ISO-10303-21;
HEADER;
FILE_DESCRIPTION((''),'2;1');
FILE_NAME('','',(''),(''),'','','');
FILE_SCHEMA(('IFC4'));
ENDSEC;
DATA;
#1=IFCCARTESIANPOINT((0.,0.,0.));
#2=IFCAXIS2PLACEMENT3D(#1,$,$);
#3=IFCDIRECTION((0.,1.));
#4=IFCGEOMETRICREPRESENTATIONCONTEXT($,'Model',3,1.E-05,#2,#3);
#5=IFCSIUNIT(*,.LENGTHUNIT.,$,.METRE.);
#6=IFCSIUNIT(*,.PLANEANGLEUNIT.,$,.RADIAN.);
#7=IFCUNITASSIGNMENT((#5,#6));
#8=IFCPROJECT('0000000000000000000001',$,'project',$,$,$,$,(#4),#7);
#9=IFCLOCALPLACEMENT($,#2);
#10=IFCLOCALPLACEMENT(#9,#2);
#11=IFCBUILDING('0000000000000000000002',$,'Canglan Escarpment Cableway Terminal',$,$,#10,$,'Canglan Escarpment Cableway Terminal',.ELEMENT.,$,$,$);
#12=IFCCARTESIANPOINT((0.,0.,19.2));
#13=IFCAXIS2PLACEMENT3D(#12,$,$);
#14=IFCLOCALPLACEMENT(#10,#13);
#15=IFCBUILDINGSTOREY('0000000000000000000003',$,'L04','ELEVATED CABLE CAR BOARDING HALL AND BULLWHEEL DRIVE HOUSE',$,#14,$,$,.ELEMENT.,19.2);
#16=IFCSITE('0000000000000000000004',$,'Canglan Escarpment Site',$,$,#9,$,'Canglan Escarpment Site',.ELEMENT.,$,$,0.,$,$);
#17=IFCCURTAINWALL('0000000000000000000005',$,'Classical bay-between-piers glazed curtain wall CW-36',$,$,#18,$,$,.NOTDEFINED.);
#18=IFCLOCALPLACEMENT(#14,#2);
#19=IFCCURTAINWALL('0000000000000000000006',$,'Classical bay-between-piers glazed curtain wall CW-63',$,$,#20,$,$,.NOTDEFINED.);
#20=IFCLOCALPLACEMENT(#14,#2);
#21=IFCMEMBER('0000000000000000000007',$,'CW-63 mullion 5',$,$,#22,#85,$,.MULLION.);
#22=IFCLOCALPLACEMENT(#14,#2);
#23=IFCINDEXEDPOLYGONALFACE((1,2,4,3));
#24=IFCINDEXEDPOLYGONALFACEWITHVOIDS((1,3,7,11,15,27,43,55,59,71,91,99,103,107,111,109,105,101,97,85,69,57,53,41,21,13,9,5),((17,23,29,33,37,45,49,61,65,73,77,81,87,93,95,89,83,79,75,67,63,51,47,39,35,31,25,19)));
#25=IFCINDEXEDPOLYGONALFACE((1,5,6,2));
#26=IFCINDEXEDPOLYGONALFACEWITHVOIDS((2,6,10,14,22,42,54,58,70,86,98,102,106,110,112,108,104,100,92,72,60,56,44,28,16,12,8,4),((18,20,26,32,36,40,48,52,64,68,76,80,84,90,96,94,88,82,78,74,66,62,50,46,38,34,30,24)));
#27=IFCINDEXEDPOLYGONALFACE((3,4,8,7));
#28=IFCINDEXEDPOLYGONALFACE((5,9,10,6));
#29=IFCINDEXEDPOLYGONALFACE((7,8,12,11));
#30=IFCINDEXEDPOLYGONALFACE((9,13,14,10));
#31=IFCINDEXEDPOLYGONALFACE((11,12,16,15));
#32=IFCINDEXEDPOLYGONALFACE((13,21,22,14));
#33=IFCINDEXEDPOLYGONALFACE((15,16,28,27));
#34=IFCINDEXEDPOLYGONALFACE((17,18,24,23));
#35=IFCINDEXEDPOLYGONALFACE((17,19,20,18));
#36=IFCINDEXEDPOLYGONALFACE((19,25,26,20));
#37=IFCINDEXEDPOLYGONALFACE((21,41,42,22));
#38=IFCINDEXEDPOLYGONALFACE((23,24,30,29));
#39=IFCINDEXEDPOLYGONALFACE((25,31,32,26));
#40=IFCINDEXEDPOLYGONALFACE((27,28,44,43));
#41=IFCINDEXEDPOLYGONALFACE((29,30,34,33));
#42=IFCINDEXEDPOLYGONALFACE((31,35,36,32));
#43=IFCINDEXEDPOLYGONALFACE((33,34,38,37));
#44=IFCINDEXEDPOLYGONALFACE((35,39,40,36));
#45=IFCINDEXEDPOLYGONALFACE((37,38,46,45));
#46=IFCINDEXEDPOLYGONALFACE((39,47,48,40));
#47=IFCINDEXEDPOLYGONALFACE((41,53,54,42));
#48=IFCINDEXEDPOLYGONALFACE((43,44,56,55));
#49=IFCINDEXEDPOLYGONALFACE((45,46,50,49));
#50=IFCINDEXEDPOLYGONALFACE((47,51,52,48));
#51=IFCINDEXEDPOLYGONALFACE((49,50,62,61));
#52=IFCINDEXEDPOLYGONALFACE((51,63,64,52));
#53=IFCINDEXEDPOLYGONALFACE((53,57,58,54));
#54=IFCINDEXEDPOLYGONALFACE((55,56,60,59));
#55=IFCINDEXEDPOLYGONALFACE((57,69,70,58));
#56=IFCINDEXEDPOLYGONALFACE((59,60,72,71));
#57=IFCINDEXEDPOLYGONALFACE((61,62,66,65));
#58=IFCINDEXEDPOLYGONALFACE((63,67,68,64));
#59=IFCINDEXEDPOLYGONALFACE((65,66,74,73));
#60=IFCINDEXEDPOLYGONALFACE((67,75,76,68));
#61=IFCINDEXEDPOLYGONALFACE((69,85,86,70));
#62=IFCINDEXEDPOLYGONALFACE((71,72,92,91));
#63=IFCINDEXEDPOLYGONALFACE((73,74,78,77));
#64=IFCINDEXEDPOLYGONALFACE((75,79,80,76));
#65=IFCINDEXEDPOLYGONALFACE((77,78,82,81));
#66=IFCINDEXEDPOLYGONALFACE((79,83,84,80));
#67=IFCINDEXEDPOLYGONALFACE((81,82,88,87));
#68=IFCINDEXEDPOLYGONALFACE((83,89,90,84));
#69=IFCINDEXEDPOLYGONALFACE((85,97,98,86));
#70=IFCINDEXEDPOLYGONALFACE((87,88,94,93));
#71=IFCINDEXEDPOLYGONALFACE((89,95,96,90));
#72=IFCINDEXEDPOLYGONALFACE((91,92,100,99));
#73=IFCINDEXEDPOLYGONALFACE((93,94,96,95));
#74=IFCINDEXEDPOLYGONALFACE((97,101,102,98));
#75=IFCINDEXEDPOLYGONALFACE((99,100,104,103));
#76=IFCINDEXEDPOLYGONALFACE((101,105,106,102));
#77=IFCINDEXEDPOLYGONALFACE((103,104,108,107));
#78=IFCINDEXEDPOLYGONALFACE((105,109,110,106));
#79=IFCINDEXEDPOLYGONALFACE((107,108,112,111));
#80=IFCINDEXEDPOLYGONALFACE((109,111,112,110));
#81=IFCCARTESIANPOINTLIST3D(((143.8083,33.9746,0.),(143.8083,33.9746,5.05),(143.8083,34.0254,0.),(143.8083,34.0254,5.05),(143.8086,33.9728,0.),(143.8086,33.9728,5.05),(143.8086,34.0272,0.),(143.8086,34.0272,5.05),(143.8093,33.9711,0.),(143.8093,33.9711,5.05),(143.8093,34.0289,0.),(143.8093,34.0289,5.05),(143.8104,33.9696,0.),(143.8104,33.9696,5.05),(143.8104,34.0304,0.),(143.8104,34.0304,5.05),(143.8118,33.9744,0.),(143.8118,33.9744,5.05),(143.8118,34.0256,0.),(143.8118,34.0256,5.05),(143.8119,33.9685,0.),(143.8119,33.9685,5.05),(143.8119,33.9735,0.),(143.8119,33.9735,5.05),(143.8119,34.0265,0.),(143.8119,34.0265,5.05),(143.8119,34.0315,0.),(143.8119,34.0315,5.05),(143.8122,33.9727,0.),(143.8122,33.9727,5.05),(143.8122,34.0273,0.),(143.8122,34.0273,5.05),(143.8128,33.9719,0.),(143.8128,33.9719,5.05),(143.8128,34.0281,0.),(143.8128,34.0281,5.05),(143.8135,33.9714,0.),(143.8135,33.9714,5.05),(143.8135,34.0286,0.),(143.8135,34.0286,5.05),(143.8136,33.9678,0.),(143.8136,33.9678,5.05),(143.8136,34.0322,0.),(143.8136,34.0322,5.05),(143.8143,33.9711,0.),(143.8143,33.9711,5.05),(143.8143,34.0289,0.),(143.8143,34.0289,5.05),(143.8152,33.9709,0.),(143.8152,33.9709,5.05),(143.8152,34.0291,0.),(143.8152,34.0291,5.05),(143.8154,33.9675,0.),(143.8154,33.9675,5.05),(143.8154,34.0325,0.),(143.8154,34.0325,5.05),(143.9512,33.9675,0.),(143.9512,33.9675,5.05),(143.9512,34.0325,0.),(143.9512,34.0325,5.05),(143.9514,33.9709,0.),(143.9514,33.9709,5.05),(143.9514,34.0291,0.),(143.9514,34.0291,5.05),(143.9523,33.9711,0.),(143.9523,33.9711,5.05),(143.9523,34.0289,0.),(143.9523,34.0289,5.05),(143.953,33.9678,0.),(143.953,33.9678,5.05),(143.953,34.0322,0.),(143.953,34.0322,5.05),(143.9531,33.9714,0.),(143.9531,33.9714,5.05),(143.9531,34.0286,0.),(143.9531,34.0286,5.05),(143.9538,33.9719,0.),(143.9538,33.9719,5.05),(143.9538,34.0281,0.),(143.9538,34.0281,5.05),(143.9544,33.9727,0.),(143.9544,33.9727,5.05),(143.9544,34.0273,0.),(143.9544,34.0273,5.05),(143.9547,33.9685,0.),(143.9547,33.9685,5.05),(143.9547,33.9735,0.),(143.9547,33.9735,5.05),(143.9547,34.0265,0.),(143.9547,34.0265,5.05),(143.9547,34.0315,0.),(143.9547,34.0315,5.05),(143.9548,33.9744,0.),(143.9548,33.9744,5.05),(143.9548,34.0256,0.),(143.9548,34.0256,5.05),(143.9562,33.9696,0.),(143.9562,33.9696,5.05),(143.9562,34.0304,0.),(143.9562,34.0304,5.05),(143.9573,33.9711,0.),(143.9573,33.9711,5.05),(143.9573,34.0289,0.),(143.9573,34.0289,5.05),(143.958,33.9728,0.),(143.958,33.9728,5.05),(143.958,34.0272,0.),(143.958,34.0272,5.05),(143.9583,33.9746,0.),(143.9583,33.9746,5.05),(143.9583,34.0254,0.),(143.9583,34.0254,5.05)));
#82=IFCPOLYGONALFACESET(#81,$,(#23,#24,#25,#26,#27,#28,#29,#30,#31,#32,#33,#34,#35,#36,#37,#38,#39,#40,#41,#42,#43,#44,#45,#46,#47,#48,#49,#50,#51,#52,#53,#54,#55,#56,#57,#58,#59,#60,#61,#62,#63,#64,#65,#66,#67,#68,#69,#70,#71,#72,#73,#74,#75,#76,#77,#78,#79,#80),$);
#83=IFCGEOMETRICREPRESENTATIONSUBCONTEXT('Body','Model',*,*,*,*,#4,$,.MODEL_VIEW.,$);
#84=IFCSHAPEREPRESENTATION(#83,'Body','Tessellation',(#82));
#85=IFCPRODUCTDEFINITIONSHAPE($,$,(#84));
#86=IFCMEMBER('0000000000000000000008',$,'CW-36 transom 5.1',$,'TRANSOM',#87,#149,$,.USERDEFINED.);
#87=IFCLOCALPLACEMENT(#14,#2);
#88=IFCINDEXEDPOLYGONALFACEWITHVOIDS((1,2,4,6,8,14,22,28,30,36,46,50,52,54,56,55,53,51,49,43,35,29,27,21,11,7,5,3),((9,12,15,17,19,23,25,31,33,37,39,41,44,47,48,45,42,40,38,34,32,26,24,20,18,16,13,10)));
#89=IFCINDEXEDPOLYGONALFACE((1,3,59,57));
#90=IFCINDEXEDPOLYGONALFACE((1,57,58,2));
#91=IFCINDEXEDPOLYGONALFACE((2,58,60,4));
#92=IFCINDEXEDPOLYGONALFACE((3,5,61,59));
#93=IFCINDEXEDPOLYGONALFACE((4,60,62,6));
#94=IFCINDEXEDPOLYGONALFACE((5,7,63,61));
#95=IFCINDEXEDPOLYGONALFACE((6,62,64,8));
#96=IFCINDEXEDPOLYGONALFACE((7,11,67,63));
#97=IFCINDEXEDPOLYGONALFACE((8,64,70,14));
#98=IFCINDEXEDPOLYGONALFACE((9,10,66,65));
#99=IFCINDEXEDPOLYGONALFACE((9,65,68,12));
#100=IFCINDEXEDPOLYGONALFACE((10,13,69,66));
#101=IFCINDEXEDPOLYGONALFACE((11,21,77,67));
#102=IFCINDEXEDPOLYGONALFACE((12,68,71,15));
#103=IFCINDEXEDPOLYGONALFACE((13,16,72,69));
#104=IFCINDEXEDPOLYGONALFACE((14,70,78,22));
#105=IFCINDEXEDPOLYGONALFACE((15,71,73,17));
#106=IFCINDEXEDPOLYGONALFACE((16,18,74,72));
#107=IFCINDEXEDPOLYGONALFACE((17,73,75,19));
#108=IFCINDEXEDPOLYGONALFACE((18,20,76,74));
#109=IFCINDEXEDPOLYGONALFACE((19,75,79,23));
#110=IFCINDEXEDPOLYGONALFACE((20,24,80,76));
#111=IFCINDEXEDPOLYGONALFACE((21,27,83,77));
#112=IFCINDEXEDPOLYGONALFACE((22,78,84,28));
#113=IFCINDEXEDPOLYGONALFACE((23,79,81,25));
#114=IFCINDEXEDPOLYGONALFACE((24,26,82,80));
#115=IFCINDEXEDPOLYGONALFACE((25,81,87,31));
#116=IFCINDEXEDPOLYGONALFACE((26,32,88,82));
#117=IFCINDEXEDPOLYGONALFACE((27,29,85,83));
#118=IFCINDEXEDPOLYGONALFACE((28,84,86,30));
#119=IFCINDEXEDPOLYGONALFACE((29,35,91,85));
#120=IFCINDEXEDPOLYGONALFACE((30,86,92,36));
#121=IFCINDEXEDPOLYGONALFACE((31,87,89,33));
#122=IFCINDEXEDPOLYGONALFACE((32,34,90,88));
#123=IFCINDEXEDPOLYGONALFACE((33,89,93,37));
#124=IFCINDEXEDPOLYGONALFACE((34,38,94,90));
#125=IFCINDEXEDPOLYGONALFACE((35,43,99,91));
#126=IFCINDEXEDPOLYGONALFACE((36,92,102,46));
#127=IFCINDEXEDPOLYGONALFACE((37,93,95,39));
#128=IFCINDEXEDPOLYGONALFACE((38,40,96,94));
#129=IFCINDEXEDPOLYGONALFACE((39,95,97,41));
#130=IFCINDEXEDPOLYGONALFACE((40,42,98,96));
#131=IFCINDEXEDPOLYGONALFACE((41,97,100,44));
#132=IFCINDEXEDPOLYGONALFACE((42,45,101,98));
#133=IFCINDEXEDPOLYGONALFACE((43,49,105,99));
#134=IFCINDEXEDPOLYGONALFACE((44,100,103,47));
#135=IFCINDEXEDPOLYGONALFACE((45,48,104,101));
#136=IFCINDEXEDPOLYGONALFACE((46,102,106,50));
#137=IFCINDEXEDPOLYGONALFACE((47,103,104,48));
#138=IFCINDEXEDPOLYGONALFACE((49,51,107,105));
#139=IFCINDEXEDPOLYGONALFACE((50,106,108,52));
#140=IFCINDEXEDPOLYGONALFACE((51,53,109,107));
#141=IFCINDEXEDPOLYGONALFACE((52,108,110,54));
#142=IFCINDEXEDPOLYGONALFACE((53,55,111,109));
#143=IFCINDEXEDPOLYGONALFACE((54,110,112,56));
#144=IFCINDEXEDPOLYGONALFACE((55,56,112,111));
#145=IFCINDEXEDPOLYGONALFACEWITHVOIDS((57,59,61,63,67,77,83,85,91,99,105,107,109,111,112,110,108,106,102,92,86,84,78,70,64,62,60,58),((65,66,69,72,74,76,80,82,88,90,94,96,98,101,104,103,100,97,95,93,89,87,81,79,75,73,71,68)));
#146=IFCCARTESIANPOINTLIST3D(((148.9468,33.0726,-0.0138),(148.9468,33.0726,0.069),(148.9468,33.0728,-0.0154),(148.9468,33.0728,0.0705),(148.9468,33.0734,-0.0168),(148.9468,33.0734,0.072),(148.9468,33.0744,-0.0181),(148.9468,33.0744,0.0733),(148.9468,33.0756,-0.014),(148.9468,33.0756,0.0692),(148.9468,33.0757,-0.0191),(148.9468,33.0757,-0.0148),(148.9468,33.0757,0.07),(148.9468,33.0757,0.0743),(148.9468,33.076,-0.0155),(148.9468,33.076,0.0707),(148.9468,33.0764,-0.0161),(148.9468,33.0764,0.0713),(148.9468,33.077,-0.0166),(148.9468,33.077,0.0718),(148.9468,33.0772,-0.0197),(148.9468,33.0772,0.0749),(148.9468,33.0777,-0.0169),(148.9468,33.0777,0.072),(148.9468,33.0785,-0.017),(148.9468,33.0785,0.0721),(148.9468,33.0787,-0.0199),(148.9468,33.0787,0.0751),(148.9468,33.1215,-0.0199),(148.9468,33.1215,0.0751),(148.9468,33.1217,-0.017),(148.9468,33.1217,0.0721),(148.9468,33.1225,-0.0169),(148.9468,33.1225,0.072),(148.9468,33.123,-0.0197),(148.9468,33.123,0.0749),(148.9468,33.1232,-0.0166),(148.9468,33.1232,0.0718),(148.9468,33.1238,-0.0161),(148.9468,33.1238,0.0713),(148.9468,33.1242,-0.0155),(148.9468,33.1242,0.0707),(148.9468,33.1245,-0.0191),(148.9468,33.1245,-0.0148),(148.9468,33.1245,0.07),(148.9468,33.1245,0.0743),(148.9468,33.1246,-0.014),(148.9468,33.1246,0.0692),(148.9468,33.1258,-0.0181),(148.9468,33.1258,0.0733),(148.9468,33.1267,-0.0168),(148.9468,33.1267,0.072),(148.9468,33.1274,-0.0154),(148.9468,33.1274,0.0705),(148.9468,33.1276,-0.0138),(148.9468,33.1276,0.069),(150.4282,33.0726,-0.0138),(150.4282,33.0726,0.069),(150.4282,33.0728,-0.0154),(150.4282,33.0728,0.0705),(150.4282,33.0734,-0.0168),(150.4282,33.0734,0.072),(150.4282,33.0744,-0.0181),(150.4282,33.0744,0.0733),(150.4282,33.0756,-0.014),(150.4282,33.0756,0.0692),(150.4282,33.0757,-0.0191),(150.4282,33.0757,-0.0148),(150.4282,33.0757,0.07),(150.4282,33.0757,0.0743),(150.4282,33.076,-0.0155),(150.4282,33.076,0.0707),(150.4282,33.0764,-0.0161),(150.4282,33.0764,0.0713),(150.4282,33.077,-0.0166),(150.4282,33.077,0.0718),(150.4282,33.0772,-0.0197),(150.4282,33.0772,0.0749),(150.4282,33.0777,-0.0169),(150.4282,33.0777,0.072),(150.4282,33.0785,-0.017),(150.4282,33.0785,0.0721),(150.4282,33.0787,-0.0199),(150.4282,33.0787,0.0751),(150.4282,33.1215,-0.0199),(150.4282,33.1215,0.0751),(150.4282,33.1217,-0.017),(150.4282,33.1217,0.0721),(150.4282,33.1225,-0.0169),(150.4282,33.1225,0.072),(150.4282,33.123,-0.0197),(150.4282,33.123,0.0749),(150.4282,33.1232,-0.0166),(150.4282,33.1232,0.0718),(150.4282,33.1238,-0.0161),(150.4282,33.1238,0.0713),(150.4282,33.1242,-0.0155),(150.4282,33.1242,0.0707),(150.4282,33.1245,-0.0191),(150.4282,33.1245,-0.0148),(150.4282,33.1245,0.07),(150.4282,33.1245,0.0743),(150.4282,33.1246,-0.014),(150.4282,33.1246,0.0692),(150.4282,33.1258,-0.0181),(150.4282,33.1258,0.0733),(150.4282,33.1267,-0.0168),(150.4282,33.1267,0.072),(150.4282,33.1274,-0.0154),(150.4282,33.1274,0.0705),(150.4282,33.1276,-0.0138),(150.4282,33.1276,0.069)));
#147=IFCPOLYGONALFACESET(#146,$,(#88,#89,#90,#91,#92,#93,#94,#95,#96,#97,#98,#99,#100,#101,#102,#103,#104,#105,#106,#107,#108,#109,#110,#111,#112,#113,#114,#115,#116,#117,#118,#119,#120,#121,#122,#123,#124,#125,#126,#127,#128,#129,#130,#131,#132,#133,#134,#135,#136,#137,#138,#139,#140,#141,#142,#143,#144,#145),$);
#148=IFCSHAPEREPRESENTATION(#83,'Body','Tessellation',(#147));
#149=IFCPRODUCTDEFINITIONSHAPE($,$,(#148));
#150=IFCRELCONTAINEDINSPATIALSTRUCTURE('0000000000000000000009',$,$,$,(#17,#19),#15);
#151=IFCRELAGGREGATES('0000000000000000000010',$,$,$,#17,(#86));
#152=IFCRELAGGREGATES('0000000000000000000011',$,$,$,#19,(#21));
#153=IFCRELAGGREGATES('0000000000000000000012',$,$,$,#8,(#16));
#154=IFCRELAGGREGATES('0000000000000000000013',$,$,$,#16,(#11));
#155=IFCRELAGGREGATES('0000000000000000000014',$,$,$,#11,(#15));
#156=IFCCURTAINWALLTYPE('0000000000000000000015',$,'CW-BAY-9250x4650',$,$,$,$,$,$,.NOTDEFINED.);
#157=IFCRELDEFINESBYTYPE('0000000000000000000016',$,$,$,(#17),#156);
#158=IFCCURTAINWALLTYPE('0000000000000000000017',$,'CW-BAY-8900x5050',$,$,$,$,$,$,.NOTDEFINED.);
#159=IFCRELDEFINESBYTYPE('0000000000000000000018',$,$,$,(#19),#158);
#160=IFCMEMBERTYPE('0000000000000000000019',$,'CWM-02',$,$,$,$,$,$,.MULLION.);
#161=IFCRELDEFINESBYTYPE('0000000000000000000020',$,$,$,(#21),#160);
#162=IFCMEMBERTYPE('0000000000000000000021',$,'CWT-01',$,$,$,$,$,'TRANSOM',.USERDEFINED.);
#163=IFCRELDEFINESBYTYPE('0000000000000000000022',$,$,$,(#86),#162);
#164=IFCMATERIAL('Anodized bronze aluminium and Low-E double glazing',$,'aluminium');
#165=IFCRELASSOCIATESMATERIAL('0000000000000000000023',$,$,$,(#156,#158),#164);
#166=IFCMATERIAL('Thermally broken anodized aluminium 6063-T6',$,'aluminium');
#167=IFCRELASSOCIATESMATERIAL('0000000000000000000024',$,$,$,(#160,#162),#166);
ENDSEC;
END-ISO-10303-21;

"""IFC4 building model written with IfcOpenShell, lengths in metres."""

from ifc_helpers import new_model, si_unit, direction, frame, origin, origin_2d, place, context, subcontext, project, spatial, hollow_rectangle, extrude, material, material_profile, profile_set, type_object, element, aggregate, save


model = new_model("IFC4")

# Units and contexts
model_context = context("Model", 3, precision=1e-05, world=origin(), true_north=direction((0.0, 1.0)))
body_context = subcontext(model_context, "Body", "Model", "MODEL_VIEW")
ifc_project = project(units=[si_unit("LENGTHUNIT", "METRE"), si_unit("PLANEANGLEUNIT", "RADIAN")], contexts=[model_context])

# Site, building, storey
site_placement = place(None, origin())
site = spatial("IfcSite", under=ifc_project, at=site_placement, Name="Canglan Escarpment Site", LongName="Canglan Escarpment Site", CompositionType="ELEMENT", RefElevation=0.0)
building_placement = place(site_placement, origin())
building = spatial("IfcBuilding", under=site, at=building_placement, Name="Canglan Escarpment Cableway Terminal", LongName="Canglan Escarpment Cableway Terminal", CompositionType="ELEMENT")
storey_placement = place(building_placement, frame((0.0, 0.0, 19.2)))
storey = spatial("IfcBuildingStorey", under=building, at=storey_placement, Name="L04", Description="ELEVATED CABLE CAR BOARDING HALL AND BULLWHEEL DRIVE HOUSE", CompositionType="ELEMENT", Elevation=19.2)

# Curtain walls, member
ifc_material_1 = material(Name="Anodized bronze aluminium and Low-E double glazing", Category="aluminium")
curtain_wall_type_1 = type_object("IfcCurtainWallType", Name="CW-BAY-9250x4650", PredefinedType="NOTDEFINED", material=ifc_material_1)
curtain_wall_1_placement = place(storey_placement, origin())
curtain_wall_1 = element("IfcCurtainWall", 1, at=curtain_wall_1_placement, inside=storey, type_object=curtain_wall_type_1, Name="Classical bay-between-piers glazed curtain wall CW-36", PredefinedType="NOTDEFINED")
ifc_material_2 = material(Name="Thermally broken anodized aluminium 6063-T6", Category="aluminium")
curtain_wall_type_2 = type_object("IfcCurtainWallType", Name="CW-BAY-8900x5050", PredefinedType="NOTDEFINED", material=ifc_material_1)
curtain_wall_2_placement = place(storey_placement, origin())
curtain_wall_2 = element("IfcCurtainWall", 2, at=curtain_wall_2_placement, inside=storey, type_object=curtain_wall_type_2, Name="Classical bay-between-piers glazed curtain wall CW-63", PredefinedType="NOTDEFINED")
ifc_material_profile_1 = material_profile(ifc_material_2, hollow_rectangle(XDim=0.0649, YDim=0.1499, WallThickness=0.0034, InnerFilletRadius=0.0034, OuterFilletRadius=0.0071, at=origin_2d()), Name="ALU-MULL 65x150x3.5")
ifc_profile_set_1 = profile_set([ifc_material_profile_1], Name="Thermally broken anodized aluminium 6063-T6")
member_type_1 = type_object("IfcMemberType", Name="CWM-02", PredefinedType="MULLION", material=ifc_profile_set_1)
member_1_placement = place(storey_placement, frame((143.8833, 34.0, 0.0), z_axis=(0.0, 0.0, 1.0), x_axis=(0.0, 1.0, 0.0)))
member_1 = element("IfcMember", 3, at=member_1_placement, type_object=member_type_1, Name="CW-63 mullion 5", PredefinedType="MULLION", context=body_context, shape_type="SweptSolid", body=[
    extrude(hollow_rectangle(XDim=0.0649, YDim=0.1499, WallThickness=0.0034, InnerFilletRadius=0.0034, OuterFilletRadius=0.0071, at=origin_2d()), origin(), (0.0, 0.0, 1.0), 5.05),
])

# Member
ifc_material_profile_2 = material_profile(ifc_material_2, hollow_rectangle(XDim=0.0549, YDim=0.095, WallThickness=0.0029, InnerFilletRadius=0.0029, OuterFilletRadius=0.0061, at=origin_2d()), Name="ALU-TRAN 55x95x3")
ifc_profile_set_2 = profile_set([ifc_material_profile_2], Name="Thermally broken anodized aluminium 6063-T6")
member_type_2 = type_object("IfcMemberType", Name="CWT-01", ElementType="TRANSOM", PredefinedType="USERDEFINED", material=ifc_profile_set_2)
member_2_placement = place(storey_placement, frame((150.4282, 33.1001, 0.0276), z_axis=(-1.0, 0.0, 0.0), x_axis=(0.0, -1.0, 0.0)))
member_2 = element("IfcMember", 4, at=member_2_placement, type_object=member_type_2, Name="CW-36 transom 5.1", ObjectType="TRANSOM", PredefinedType="USERDEFINED", context=body_context, shape_type="SweptSolid", body=[
    extrude(hollow_rectangle(XDim=0.0549, YDim=0.095, WallThickness=0.0029, InnerFilletRadius=0.0029, OuterFilletRadius=0.0061, at=origin_2d()), origin(), (0.0, 0.0, 1.0), 1.4814),
])

aggregate(curtain_wall_1, [member_2])
aggregate(curtain_wall_2, [member_1])

save(model, "model.ifc")
